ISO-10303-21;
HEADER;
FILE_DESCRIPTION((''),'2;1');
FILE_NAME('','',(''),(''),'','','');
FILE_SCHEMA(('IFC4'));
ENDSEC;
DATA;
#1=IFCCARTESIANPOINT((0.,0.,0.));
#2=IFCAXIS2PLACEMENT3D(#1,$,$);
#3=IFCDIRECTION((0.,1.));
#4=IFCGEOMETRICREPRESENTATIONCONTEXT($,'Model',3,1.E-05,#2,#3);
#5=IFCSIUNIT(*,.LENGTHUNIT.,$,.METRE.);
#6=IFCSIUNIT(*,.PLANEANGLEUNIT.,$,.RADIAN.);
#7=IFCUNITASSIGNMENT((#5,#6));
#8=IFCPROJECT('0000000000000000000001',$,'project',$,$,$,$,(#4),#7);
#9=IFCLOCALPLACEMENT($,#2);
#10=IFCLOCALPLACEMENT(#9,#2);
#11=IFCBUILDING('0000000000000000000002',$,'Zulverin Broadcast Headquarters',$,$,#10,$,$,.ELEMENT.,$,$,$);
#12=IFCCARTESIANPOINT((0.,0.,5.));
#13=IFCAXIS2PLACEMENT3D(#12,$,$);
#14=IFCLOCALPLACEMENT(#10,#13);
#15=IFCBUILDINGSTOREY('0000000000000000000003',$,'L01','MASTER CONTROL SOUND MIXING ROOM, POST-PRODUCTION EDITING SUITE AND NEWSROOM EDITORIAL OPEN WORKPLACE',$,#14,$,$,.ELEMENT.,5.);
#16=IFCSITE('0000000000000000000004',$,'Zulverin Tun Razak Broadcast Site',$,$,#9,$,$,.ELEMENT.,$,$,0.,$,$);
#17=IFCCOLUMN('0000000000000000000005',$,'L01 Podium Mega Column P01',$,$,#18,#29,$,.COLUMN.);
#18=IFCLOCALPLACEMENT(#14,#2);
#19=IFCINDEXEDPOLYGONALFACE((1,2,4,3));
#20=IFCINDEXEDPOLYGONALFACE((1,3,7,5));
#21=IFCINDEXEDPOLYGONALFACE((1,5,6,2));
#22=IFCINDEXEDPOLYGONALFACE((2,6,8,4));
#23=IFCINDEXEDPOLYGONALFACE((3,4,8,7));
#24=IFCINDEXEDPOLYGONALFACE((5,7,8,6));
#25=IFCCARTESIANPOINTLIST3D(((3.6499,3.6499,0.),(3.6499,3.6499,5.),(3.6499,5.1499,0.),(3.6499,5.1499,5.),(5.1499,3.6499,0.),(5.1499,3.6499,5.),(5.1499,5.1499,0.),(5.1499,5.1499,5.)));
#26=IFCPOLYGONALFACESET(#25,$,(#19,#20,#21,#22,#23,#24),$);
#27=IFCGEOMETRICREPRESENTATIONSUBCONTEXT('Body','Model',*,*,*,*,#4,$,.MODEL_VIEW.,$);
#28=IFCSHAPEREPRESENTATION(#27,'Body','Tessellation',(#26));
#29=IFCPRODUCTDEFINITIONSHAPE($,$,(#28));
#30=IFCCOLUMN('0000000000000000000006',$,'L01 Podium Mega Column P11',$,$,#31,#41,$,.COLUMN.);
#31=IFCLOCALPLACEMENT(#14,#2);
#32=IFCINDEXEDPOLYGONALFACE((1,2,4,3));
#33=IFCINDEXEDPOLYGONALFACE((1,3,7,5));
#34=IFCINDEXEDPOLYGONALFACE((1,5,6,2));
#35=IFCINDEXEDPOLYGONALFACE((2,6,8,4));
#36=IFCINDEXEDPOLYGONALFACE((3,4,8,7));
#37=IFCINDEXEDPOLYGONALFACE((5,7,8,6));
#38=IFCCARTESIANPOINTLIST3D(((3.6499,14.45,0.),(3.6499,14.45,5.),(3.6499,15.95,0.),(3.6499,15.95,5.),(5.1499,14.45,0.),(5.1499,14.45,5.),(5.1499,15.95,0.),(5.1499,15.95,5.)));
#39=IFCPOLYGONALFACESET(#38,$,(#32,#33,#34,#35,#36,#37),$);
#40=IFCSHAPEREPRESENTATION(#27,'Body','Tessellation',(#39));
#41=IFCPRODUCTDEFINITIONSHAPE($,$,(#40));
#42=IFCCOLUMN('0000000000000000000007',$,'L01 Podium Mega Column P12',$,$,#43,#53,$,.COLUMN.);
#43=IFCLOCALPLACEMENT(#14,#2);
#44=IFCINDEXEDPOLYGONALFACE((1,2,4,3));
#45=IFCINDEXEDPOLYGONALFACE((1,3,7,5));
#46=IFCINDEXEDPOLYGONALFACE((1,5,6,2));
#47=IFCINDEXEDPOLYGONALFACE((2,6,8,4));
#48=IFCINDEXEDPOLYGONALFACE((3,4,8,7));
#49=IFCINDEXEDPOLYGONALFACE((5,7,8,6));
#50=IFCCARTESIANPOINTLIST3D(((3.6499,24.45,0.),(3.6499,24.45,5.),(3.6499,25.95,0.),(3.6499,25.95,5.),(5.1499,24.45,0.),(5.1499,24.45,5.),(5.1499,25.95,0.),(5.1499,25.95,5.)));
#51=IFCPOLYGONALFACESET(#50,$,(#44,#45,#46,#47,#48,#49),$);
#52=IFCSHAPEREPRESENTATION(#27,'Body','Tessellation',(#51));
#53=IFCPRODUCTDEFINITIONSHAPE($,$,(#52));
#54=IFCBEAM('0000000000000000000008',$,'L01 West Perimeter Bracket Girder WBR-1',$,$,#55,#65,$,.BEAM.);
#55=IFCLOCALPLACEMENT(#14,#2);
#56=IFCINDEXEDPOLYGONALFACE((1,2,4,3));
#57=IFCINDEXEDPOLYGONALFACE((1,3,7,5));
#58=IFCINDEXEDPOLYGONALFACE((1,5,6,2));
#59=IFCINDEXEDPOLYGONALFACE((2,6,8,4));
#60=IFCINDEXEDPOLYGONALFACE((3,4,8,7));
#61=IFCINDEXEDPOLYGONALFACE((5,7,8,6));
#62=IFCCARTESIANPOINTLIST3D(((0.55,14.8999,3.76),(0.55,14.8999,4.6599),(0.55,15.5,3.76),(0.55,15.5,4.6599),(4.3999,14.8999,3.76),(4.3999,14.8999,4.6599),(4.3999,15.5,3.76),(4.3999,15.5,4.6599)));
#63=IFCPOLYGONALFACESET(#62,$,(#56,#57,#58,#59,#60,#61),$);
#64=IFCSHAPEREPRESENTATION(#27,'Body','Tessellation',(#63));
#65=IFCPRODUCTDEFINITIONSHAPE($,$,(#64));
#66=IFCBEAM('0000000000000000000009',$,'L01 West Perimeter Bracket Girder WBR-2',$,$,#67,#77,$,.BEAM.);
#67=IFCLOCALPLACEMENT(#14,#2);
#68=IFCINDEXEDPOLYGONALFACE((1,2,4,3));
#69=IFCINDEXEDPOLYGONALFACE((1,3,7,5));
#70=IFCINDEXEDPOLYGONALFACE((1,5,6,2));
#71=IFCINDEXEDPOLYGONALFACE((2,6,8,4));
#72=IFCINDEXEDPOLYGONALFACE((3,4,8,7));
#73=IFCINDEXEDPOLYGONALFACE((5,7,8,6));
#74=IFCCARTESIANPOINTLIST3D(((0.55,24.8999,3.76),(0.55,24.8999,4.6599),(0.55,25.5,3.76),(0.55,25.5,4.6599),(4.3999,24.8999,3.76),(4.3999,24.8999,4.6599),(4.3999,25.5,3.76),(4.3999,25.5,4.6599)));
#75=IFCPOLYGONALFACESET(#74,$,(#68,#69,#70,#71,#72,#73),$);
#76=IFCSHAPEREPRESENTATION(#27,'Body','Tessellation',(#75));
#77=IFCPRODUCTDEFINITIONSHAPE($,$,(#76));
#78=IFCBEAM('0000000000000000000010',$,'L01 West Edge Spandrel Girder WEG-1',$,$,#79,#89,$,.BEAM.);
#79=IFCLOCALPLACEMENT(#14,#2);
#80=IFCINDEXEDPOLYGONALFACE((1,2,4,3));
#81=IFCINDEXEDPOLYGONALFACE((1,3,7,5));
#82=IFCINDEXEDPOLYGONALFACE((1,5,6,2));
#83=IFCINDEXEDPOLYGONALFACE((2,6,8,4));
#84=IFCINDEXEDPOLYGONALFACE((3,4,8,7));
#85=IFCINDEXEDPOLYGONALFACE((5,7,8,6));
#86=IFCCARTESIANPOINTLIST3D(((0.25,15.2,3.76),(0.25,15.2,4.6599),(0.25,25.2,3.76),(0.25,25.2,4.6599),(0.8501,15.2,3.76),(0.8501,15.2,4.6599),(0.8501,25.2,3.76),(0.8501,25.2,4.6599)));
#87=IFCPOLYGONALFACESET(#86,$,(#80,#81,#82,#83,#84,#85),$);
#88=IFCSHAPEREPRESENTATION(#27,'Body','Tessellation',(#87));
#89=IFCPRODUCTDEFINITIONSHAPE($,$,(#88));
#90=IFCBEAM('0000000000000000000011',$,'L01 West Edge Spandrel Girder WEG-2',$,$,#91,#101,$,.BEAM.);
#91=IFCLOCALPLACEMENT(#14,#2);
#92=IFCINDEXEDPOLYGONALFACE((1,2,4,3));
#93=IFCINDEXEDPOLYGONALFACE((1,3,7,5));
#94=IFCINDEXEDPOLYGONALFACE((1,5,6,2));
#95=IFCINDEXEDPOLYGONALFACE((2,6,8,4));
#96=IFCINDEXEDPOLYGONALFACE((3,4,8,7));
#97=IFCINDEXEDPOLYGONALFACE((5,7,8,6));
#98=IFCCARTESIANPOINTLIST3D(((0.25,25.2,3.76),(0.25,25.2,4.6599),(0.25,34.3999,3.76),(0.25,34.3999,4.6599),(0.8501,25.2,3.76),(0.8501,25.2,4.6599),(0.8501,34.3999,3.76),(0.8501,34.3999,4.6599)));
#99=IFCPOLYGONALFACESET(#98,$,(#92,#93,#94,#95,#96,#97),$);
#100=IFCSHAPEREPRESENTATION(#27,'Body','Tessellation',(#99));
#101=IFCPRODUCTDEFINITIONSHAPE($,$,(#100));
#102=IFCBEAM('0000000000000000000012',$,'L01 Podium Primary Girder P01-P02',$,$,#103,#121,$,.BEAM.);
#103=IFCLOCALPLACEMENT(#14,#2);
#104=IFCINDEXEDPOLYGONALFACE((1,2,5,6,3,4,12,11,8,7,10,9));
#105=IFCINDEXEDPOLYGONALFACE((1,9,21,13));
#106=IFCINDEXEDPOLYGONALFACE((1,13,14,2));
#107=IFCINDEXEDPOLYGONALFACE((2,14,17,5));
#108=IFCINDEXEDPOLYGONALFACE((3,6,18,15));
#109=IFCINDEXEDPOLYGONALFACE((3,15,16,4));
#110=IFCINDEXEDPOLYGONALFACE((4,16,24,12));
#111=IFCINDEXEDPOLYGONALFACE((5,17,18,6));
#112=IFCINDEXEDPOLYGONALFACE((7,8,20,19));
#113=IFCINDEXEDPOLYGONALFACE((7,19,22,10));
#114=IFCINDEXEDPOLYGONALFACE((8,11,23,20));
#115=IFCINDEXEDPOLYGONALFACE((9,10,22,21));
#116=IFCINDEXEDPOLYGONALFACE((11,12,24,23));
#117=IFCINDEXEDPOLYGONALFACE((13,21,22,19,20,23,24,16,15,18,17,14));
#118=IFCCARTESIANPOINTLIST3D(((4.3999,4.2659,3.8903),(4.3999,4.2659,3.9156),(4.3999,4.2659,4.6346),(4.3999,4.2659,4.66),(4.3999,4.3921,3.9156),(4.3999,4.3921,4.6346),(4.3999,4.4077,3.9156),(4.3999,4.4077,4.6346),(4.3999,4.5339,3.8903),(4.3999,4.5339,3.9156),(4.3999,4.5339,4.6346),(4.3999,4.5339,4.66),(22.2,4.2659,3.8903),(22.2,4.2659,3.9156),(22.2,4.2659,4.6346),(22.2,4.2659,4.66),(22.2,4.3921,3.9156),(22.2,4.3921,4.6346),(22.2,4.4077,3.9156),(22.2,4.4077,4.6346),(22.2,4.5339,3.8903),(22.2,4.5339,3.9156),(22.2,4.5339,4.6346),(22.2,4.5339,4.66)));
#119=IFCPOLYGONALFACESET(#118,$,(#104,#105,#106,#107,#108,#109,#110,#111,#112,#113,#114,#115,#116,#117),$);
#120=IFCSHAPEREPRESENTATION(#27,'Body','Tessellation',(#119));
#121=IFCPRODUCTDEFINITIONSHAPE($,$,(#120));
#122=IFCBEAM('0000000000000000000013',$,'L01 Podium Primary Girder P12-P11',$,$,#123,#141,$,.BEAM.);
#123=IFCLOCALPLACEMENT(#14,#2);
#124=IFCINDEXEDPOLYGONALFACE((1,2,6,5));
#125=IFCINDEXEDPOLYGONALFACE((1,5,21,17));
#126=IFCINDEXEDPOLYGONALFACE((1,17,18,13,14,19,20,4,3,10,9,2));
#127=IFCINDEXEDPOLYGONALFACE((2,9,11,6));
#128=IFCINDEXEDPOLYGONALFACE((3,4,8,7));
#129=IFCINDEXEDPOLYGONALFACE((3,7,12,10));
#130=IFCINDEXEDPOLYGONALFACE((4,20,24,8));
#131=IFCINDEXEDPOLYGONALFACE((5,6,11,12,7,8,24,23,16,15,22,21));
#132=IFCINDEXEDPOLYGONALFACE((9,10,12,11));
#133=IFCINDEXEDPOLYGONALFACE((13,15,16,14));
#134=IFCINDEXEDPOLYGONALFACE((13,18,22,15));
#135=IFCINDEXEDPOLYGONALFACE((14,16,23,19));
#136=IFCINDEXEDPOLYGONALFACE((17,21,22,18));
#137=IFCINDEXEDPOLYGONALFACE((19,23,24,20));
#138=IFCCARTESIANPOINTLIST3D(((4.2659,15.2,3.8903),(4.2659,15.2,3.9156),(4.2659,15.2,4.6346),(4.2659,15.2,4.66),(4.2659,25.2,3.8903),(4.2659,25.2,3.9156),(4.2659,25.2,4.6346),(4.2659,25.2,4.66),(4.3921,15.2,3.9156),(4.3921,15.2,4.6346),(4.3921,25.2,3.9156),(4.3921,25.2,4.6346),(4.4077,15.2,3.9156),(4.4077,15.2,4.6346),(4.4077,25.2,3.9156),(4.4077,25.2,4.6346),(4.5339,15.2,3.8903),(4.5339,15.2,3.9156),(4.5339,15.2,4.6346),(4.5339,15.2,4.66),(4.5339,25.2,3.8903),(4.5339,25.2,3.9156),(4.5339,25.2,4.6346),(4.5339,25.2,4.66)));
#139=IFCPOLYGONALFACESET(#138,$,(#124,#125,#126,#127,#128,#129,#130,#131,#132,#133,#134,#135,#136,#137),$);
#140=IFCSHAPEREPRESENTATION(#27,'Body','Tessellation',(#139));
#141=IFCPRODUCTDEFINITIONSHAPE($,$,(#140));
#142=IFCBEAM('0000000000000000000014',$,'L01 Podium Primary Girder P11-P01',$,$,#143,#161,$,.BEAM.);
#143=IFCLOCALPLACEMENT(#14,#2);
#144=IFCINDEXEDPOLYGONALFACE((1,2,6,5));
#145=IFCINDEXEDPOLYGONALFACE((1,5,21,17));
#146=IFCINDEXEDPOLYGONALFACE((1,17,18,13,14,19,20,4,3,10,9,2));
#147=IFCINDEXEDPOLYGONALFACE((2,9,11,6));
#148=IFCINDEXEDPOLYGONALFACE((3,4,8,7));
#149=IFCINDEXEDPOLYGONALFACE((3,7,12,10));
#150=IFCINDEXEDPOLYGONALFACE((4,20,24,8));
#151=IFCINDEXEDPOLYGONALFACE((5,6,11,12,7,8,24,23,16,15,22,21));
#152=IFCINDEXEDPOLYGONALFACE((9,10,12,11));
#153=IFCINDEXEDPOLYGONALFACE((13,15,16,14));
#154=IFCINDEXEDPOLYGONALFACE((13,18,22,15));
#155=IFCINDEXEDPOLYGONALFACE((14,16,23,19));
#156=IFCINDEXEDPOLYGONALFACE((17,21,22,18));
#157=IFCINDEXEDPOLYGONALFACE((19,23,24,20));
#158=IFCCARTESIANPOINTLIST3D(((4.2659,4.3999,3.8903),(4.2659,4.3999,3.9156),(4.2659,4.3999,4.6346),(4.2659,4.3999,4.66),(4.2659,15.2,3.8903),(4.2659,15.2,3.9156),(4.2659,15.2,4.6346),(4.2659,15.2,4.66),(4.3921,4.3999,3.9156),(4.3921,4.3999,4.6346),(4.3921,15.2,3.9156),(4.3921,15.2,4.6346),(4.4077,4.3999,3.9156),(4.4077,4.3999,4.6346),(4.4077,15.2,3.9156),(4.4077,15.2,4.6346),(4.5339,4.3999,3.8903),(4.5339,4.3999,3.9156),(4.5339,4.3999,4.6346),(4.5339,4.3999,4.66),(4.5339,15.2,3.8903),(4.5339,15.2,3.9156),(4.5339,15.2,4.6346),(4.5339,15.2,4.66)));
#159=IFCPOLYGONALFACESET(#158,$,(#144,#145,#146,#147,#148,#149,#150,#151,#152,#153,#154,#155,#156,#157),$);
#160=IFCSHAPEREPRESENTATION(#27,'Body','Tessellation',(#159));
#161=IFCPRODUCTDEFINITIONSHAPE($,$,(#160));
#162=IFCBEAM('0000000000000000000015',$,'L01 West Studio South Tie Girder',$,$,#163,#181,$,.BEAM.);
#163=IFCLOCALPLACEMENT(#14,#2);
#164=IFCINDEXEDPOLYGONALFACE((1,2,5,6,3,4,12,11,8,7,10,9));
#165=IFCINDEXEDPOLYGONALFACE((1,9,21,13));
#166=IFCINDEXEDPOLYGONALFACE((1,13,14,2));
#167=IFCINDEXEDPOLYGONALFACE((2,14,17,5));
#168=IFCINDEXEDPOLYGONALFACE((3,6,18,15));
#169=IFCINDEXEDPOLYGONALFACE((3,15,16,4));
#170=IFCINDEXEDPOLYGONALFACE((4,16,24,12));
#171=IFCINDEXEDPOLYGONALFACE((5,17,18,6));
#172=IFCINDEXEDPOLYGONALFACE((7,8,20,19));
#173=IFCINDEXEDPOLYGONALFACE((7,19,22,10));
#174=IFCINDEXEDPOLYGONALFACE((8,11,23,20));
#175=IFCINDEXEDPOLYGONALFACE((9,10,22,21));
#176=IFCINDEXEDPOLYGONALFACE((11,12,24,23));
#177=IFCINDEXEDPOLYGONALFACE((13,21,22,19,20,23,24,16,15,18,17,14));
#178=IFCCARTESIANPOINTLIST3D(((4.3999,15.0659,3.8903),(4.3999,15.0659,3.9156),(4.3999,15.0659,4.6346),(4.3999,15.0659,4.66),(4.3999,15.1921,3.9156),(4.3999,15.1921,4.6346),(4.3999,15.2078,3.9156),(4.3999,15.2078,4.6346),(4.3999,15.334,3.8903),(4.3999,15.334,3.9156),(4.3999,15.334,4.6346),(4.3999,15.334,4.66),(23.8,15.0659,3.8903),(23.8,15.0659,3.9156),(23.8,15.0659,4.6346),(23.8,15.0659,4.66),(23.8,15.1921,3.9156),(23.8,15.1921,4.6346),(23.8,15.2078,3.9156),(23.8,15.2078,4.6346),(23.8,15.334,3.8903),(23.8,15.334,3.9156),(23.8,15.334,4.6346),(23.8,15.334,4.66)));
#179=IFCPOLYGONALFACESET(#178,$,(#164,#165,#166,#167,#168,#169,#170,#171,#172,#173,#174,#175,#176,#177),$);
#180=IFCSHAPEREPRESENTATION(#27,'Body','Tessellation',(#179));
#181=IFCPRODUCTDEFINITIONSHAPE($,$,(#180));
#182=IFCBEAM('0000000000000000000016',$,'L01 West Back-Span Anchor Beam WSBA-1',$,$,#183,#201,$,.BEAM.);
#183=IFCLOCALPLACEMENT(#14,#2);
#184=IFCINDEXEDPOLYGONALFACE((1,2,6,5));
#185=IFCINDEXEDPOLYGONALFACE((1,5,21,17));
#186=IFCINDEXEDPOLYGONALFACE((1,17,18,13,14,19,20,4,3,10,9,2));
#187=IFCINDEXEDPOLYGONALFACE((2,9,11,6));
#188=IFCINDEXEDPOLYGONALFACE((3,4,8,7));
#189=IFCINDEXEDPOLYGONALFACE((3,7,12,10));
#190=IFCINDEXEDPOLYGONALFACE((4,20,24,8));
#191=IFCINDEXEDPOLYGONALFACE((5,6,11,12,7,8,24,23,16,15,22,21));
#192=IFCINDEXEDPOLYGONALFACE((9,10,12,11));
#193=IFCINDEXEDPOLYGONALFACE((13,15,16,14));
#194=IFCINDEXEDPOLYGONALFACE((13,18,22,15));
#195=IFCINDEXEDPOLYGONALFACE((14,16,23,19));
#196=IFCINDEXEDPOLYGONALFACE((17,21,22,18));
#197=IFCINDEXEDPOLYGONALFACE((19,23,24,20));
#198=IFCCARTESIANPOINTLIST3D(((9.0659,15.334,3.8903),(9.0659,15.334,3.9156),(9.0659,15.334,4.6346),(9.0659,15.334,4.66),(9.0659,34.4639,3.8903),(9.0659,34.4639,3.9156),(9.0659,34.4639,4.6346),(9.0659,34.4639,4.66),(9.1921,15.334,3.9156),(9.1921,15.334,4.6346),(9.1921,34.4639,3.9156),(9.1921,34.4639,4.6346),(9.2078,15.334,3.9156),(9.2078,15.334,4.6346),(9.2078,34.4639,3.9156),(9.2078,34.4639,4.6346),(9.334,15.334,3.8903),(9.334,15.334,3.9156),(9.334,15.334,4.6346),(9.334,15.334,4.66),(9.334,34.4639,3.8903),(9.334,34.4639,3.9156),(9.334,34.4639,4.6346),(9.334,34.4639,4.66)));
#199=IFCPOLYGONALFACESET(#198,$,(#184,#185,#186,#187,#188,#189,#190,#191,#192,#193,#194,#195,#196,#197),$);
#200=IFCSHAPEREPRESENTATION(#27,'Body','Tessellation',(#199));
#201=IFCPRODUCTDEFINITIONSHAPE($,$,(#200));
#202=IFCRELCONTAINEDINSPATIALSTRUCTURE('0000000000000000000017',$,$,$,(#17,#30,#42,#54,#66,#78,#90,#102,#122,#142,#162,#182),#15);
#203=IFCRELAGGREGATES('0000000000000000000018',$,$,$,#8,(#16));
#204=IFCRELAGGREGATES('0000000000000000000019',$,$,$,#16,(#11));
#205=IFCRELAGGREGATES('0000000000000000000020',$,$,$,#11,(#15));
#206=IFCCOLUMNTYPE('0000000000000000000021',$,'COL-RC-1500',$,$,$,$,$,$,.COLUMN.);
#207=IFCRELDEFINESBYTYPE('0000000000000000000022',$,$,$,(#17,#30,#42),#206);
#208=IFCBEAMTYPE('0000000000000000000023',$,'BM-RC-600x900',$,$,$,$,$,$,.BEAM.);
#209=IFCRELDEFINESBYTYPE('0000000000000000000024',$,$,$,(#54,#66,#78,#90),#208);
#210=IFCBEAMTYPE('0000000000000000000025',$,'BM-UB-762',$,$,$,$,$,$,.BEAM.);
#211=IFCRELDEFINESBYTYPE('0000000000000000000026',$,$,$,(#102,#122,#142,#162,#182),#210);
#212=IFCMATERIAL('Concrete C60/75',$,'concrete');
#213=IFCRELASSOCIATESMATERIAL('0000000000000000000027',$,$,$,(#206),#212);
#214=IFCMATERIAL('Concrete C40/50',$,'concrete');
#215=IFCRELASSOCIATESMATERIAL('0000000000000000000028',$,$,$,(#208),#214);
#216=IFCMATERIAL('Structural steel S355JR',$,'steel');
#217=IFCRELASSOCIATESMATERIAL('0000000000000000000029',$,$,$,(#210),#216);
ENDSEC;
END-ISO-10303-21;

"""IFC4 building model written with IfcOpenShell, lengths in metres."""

from ifc_helpers import new_model, si_unit, direction, frame, origin, origin_2d, place, context, subcontext, project, spatial, rectangle, i_section, extrude, material, material_profile, profile_set, type_object, element, save


model = new_model("IFC4")

# Units and contexts
model_context = context("Model", 3, precision=1e-05, world=origin(), true_north=direction((0.0, 1.0)))
body_context = subcontext(model_context, "Body", "Model", "MODEL_VIEW")
ifc_project = project(units=[si_unit("LENGTHUNIT", "METRE"), si_unit("PLANEANGLEUNIT", "RADIAN")], contexts=[model_context])

# Site, building, storey
site_placement = place(None, origin())
site = spatial("IfcSite", under=ifc_project, at=site_placement, Name="Zulverin Tun Razak Broadcast Site", CompositionType="ELEMENT", RefElevation=0.0)
building_placement = place(site_placement, origin())
building = spatial("IfcBuilding", under=site, at=building_placement, Name="Zulverin Broadcast Headquarters", CompositionType="ELEMENT")
storey_placement = place(building_placement, frame((0.0, 0.0, 5.0)))
storey = spatial("IfcBuildingStorey", under=building, at=storey_placement, Name="L01", Description="MASTER CONTROL SOUND MIXING ROOM, POST-PRODUCTION EDITING SUITE AND NEWSROOM EDITORIAL OPEN WORKPLACE", CompositionType="ELEMENT", Elevation=5.0)

# Columns
ifc_material_1 = material(Name="Concrete C60/75", Category="concrete")
ifc_material_profile_1 = material_profile(ifc_material_1, rectangle(XDim=1.5, YDim=1.5, at=origin_2d()), Name="Concrete C60/75", Category="concrete")
ifc_profile_set_1 = profile_set([ifc_material_profile_1], Name="Concrete C60/75")
column_type = type_object("IfcColumnType", Name="COL-RC-1500", PredefinedType="COLUMN", material=ifc_profile_set_1)
for number, where, z_axis, x_axis, name in (
    (1, (4.3999, 4.3999, 0.0), (0.0, 0.0, 1.0), (1.0, 0.0, 0.0), "L01 Podium Mega Column P01"),
    (2, (4.3999, 15.2, 0.0), (0.0, 0.0, 1.0), (1.0, 0.0, 0.0), "L01 Podium Mega Column P11"),
    (3, (4.3999, 25.2, 0.0), (0.0, 0.0, 1.0), (1.0, 0.0, 0.0), "L01 Podium Mega Column P12"),
):
    element("IfcColumn", number, at=place(storey_placement, frame(where, z_axis=z_axis, x_axis=x_axis)), inside=storey, type_object=column_type, Name=name, PredefinedType="COLUMN", context=body_context, shape_type="SweptSolid", body=[
        extrude(rectangle(XDim=1.5, YDim=1.5, at=origin_2d()), origin(), (0.0, 0.0, 1.0), 5.0),
    ])

# Beams
ifc_material_2 = material(Name="Concrete C40/50", Category="concrete")
ifc_material_profile_2 = material_profile(ifc_material_2, rectangle(XDim=0.6001, YDim=0.8999, at=origin_2d()), Name="Concrete C40/50", Category="concrete")
ifc_profile_set_2 = profile_set([ifc_material_profile_2], Name="Concrete C40/50")
beam_type_1 = type_object("IfcBeamType", Name="BM-RC-600x900", PredefinedType="BEAM", material=ifc_profile_set_2)
for number, where, z_axis, x_axis, name in (
    (4, (4.3999, 15.2, 4.21), (-1.0, 0.0, 0.0), (0.0, -1.0, 0.0), "L01 West Perimeter Bracket Girder WBR-1"),
    (5, (4.3999, 25.2, 4.21), (-1.0, 0.0, 0.0), (0.0, -1.0, 0.0), "L01 West Perimeter Bracket Girder WBR-2"),
):
    element("IfcBeam", number, at=place(storey_placement, frame(where, z_axis=z_axis, x_axis=x_axis)), inside=storey, type_object=beam_type_1, Name=name, PredefinedType="BEAM", context=body_context, shape_type="SweptSolid", body=[
        extrude(rectangle(XDim=0.6001, YDim=0.8999, at=origin_2d()), origin(), (0.0, 0.0, 1.0), 3.8499),
    ])
beam_1_placement = place(storey_placement, frame((0.55, 15.2, 4.21), z_axis=(0.0, 1.0, 0.0), x_axis=(-1.0, 0.0, 0.0)))
element("IfcBeam", 6, at=beam_1_placement, inside=storey, type_object=beam_type_1, Name="L01 West Edge Spandrel Girder WEG-1", PredefinedType="BEAM", context=body_context, shape_type="SweptSolid", body=[
    extrude(rectangle(XDim=0.6001, YDim=0.8999, at=origin_2d()), origin(), (0.0, 0.0, 1.0), 10.0),
])
beam_2_placement = place(storey_placement, frame((0.55, 25.2, 4.21), z_axis=(0.0, 1.0, 0.0), x_axis=(-1.0, 0.0, 0.0)))
element("IfcBeam", 7, at=beam_2_placement, inside=storey, type_object=beam_type_1, Name="L01 West Edge Spandrel Girder WEG-2", PredefinedType="BEAM", context=body_context, shape_type="SweptSolid", body=[
    extrude(rectangle(XDim=0.6001, YDim=0.8999, at=origin_2d()), origin(), (0.0, 0.0, 1.0), 9.2),
])
ifc_material_3 = material(Name="Structural steel S355JR", Category="steel")
ifc_material_profile_3 = material_profile(ifc_material_3, i_section(OverallWidth=0.2681, OverallDepth=0.7698, WebThickness=0.0156, FlangeThickness=0.0254, at=origin_2d()), Name="Structural steel S355JR", Category="steel")
ifc_profile_set_3 = profile_set([ifc_material_profile_3], Name="Structural steel S355JR")
beam_type_2 = type_object("IfcBeamType", Name="BM-UB-762", PredefinedType="BEAM", material=ifc_profile_set_3)
beam_3_placement = place(storey_placement, frame((4.3999, 4.3999, 4.2751), z_axis=(1.0, 0.0, 0.0), x_axis=(0.0, 1.0, 0.0)))
element("IfcBeam", 8, at=beam_3_placement, inside=storey, type_object=beam_type_2, Name="L01 Podium Primary Girder P01-P02", PredefinedType="BEAM", context=body_context, shape_type="SweptSolid", body=[
    extrude(i_section(OverallWidth=0.2681, OverallDepth=0.7698, WebThickness=0.0156, FlangeThickness=0.0254, at=origin_2d()), origin(), (0.0, 0.0, 1.0), 17.8),
])
beam_4_placement = place(storey_placement, frame((4.3999, 25.2, 4.2751), z_axis=(0.0, -1.0, 0.0), x_axis=(1.0, 0.0, 0.0)))
element("IfcBeam", 9, at=beam_4_placement, inside=storey, type_object=beam_type_2, Name="L01 Podium Primary Girder P12-P11", PredefinedType="BEAM", context=body_context, shape_type="SweptSolid", body=[
    extrude(i_section(OverallWidth=0.2681, OverallDepth=0.7698, WebThickness=0.0156, FlangeThickness=0.0254, at=origin_2d()), origin(), (0.0, 0.0, 1.0), 10.0),
])
beam_5_placement = place(storey_placement, frame((4.3999, 15.2, 4.2751), z_axis=(0.0, -1.0, 0.0), x_axis=(1.0, 0.0, 0.0)))
element("IfcBeam", 10, at=beam_5_placement, inside=storey, type_object=beam_type_2, Name="L01 Podium Primary Girder P11-P01", PredefinedType="BEAM", context=body_context, shape_type="SweptSolid", body=[
    extrude(i_section(OverallWidth=0.2681, OverallDepth=0.7698, WebThickness=0.0156, FlangeThickness=0.0254, at=origin_2d()), origin(), (0.0, 0.0, 1.0), 10.8),
])
beam_6_placement = place(storey_placement, frame((4.3999, 15.2, 4.2751), z_axis=(1.0, 0.0, 0.0), x_axis=(0.0, 1.0, 0.0)))
element("IfcBeam", 11, at=beam_6_placement, inside=storey, type_object=beam_type_2, Name="L01 West Studio South Tie Girder", PredefinedType="BEAM", context=body_context, shape_type="SweptSolid", body=[
    extrude(i_section(OverallWidth=0.2681, OverallDepth=0.7698, WebThickness=0.0156, FlangeThickness=0.0254, at=origin_2d()), origin(), (0.0, 0.0, 1.0), 19.4001),
])
beam_7_placement = place(storey_placement, frame((9.2, 15.334, 4.2751), z_axis=(0.0, 1.0, 0.0), x_axis=(-1.0, 0.0, 0.0)))
element("IfcBeam", 12, at=beam_7_placement, inside=storey, type_object=beam_type_2, Name="L01 West Back-Span Anchor Beam WSBA-1", PredefinedType="BEAM", context=body_context, shape_type="SweptSolid", body=[
    extrude(i_section(OverallWidth=0.2681, OverallDepth=0.7698, WebThickness=0.0156, FlangeThickness=0.0254, at=origin_2d()), origin(), (0.0, 0.0, 1.0), 19.1299),
])

save(model, "model.ifc")
